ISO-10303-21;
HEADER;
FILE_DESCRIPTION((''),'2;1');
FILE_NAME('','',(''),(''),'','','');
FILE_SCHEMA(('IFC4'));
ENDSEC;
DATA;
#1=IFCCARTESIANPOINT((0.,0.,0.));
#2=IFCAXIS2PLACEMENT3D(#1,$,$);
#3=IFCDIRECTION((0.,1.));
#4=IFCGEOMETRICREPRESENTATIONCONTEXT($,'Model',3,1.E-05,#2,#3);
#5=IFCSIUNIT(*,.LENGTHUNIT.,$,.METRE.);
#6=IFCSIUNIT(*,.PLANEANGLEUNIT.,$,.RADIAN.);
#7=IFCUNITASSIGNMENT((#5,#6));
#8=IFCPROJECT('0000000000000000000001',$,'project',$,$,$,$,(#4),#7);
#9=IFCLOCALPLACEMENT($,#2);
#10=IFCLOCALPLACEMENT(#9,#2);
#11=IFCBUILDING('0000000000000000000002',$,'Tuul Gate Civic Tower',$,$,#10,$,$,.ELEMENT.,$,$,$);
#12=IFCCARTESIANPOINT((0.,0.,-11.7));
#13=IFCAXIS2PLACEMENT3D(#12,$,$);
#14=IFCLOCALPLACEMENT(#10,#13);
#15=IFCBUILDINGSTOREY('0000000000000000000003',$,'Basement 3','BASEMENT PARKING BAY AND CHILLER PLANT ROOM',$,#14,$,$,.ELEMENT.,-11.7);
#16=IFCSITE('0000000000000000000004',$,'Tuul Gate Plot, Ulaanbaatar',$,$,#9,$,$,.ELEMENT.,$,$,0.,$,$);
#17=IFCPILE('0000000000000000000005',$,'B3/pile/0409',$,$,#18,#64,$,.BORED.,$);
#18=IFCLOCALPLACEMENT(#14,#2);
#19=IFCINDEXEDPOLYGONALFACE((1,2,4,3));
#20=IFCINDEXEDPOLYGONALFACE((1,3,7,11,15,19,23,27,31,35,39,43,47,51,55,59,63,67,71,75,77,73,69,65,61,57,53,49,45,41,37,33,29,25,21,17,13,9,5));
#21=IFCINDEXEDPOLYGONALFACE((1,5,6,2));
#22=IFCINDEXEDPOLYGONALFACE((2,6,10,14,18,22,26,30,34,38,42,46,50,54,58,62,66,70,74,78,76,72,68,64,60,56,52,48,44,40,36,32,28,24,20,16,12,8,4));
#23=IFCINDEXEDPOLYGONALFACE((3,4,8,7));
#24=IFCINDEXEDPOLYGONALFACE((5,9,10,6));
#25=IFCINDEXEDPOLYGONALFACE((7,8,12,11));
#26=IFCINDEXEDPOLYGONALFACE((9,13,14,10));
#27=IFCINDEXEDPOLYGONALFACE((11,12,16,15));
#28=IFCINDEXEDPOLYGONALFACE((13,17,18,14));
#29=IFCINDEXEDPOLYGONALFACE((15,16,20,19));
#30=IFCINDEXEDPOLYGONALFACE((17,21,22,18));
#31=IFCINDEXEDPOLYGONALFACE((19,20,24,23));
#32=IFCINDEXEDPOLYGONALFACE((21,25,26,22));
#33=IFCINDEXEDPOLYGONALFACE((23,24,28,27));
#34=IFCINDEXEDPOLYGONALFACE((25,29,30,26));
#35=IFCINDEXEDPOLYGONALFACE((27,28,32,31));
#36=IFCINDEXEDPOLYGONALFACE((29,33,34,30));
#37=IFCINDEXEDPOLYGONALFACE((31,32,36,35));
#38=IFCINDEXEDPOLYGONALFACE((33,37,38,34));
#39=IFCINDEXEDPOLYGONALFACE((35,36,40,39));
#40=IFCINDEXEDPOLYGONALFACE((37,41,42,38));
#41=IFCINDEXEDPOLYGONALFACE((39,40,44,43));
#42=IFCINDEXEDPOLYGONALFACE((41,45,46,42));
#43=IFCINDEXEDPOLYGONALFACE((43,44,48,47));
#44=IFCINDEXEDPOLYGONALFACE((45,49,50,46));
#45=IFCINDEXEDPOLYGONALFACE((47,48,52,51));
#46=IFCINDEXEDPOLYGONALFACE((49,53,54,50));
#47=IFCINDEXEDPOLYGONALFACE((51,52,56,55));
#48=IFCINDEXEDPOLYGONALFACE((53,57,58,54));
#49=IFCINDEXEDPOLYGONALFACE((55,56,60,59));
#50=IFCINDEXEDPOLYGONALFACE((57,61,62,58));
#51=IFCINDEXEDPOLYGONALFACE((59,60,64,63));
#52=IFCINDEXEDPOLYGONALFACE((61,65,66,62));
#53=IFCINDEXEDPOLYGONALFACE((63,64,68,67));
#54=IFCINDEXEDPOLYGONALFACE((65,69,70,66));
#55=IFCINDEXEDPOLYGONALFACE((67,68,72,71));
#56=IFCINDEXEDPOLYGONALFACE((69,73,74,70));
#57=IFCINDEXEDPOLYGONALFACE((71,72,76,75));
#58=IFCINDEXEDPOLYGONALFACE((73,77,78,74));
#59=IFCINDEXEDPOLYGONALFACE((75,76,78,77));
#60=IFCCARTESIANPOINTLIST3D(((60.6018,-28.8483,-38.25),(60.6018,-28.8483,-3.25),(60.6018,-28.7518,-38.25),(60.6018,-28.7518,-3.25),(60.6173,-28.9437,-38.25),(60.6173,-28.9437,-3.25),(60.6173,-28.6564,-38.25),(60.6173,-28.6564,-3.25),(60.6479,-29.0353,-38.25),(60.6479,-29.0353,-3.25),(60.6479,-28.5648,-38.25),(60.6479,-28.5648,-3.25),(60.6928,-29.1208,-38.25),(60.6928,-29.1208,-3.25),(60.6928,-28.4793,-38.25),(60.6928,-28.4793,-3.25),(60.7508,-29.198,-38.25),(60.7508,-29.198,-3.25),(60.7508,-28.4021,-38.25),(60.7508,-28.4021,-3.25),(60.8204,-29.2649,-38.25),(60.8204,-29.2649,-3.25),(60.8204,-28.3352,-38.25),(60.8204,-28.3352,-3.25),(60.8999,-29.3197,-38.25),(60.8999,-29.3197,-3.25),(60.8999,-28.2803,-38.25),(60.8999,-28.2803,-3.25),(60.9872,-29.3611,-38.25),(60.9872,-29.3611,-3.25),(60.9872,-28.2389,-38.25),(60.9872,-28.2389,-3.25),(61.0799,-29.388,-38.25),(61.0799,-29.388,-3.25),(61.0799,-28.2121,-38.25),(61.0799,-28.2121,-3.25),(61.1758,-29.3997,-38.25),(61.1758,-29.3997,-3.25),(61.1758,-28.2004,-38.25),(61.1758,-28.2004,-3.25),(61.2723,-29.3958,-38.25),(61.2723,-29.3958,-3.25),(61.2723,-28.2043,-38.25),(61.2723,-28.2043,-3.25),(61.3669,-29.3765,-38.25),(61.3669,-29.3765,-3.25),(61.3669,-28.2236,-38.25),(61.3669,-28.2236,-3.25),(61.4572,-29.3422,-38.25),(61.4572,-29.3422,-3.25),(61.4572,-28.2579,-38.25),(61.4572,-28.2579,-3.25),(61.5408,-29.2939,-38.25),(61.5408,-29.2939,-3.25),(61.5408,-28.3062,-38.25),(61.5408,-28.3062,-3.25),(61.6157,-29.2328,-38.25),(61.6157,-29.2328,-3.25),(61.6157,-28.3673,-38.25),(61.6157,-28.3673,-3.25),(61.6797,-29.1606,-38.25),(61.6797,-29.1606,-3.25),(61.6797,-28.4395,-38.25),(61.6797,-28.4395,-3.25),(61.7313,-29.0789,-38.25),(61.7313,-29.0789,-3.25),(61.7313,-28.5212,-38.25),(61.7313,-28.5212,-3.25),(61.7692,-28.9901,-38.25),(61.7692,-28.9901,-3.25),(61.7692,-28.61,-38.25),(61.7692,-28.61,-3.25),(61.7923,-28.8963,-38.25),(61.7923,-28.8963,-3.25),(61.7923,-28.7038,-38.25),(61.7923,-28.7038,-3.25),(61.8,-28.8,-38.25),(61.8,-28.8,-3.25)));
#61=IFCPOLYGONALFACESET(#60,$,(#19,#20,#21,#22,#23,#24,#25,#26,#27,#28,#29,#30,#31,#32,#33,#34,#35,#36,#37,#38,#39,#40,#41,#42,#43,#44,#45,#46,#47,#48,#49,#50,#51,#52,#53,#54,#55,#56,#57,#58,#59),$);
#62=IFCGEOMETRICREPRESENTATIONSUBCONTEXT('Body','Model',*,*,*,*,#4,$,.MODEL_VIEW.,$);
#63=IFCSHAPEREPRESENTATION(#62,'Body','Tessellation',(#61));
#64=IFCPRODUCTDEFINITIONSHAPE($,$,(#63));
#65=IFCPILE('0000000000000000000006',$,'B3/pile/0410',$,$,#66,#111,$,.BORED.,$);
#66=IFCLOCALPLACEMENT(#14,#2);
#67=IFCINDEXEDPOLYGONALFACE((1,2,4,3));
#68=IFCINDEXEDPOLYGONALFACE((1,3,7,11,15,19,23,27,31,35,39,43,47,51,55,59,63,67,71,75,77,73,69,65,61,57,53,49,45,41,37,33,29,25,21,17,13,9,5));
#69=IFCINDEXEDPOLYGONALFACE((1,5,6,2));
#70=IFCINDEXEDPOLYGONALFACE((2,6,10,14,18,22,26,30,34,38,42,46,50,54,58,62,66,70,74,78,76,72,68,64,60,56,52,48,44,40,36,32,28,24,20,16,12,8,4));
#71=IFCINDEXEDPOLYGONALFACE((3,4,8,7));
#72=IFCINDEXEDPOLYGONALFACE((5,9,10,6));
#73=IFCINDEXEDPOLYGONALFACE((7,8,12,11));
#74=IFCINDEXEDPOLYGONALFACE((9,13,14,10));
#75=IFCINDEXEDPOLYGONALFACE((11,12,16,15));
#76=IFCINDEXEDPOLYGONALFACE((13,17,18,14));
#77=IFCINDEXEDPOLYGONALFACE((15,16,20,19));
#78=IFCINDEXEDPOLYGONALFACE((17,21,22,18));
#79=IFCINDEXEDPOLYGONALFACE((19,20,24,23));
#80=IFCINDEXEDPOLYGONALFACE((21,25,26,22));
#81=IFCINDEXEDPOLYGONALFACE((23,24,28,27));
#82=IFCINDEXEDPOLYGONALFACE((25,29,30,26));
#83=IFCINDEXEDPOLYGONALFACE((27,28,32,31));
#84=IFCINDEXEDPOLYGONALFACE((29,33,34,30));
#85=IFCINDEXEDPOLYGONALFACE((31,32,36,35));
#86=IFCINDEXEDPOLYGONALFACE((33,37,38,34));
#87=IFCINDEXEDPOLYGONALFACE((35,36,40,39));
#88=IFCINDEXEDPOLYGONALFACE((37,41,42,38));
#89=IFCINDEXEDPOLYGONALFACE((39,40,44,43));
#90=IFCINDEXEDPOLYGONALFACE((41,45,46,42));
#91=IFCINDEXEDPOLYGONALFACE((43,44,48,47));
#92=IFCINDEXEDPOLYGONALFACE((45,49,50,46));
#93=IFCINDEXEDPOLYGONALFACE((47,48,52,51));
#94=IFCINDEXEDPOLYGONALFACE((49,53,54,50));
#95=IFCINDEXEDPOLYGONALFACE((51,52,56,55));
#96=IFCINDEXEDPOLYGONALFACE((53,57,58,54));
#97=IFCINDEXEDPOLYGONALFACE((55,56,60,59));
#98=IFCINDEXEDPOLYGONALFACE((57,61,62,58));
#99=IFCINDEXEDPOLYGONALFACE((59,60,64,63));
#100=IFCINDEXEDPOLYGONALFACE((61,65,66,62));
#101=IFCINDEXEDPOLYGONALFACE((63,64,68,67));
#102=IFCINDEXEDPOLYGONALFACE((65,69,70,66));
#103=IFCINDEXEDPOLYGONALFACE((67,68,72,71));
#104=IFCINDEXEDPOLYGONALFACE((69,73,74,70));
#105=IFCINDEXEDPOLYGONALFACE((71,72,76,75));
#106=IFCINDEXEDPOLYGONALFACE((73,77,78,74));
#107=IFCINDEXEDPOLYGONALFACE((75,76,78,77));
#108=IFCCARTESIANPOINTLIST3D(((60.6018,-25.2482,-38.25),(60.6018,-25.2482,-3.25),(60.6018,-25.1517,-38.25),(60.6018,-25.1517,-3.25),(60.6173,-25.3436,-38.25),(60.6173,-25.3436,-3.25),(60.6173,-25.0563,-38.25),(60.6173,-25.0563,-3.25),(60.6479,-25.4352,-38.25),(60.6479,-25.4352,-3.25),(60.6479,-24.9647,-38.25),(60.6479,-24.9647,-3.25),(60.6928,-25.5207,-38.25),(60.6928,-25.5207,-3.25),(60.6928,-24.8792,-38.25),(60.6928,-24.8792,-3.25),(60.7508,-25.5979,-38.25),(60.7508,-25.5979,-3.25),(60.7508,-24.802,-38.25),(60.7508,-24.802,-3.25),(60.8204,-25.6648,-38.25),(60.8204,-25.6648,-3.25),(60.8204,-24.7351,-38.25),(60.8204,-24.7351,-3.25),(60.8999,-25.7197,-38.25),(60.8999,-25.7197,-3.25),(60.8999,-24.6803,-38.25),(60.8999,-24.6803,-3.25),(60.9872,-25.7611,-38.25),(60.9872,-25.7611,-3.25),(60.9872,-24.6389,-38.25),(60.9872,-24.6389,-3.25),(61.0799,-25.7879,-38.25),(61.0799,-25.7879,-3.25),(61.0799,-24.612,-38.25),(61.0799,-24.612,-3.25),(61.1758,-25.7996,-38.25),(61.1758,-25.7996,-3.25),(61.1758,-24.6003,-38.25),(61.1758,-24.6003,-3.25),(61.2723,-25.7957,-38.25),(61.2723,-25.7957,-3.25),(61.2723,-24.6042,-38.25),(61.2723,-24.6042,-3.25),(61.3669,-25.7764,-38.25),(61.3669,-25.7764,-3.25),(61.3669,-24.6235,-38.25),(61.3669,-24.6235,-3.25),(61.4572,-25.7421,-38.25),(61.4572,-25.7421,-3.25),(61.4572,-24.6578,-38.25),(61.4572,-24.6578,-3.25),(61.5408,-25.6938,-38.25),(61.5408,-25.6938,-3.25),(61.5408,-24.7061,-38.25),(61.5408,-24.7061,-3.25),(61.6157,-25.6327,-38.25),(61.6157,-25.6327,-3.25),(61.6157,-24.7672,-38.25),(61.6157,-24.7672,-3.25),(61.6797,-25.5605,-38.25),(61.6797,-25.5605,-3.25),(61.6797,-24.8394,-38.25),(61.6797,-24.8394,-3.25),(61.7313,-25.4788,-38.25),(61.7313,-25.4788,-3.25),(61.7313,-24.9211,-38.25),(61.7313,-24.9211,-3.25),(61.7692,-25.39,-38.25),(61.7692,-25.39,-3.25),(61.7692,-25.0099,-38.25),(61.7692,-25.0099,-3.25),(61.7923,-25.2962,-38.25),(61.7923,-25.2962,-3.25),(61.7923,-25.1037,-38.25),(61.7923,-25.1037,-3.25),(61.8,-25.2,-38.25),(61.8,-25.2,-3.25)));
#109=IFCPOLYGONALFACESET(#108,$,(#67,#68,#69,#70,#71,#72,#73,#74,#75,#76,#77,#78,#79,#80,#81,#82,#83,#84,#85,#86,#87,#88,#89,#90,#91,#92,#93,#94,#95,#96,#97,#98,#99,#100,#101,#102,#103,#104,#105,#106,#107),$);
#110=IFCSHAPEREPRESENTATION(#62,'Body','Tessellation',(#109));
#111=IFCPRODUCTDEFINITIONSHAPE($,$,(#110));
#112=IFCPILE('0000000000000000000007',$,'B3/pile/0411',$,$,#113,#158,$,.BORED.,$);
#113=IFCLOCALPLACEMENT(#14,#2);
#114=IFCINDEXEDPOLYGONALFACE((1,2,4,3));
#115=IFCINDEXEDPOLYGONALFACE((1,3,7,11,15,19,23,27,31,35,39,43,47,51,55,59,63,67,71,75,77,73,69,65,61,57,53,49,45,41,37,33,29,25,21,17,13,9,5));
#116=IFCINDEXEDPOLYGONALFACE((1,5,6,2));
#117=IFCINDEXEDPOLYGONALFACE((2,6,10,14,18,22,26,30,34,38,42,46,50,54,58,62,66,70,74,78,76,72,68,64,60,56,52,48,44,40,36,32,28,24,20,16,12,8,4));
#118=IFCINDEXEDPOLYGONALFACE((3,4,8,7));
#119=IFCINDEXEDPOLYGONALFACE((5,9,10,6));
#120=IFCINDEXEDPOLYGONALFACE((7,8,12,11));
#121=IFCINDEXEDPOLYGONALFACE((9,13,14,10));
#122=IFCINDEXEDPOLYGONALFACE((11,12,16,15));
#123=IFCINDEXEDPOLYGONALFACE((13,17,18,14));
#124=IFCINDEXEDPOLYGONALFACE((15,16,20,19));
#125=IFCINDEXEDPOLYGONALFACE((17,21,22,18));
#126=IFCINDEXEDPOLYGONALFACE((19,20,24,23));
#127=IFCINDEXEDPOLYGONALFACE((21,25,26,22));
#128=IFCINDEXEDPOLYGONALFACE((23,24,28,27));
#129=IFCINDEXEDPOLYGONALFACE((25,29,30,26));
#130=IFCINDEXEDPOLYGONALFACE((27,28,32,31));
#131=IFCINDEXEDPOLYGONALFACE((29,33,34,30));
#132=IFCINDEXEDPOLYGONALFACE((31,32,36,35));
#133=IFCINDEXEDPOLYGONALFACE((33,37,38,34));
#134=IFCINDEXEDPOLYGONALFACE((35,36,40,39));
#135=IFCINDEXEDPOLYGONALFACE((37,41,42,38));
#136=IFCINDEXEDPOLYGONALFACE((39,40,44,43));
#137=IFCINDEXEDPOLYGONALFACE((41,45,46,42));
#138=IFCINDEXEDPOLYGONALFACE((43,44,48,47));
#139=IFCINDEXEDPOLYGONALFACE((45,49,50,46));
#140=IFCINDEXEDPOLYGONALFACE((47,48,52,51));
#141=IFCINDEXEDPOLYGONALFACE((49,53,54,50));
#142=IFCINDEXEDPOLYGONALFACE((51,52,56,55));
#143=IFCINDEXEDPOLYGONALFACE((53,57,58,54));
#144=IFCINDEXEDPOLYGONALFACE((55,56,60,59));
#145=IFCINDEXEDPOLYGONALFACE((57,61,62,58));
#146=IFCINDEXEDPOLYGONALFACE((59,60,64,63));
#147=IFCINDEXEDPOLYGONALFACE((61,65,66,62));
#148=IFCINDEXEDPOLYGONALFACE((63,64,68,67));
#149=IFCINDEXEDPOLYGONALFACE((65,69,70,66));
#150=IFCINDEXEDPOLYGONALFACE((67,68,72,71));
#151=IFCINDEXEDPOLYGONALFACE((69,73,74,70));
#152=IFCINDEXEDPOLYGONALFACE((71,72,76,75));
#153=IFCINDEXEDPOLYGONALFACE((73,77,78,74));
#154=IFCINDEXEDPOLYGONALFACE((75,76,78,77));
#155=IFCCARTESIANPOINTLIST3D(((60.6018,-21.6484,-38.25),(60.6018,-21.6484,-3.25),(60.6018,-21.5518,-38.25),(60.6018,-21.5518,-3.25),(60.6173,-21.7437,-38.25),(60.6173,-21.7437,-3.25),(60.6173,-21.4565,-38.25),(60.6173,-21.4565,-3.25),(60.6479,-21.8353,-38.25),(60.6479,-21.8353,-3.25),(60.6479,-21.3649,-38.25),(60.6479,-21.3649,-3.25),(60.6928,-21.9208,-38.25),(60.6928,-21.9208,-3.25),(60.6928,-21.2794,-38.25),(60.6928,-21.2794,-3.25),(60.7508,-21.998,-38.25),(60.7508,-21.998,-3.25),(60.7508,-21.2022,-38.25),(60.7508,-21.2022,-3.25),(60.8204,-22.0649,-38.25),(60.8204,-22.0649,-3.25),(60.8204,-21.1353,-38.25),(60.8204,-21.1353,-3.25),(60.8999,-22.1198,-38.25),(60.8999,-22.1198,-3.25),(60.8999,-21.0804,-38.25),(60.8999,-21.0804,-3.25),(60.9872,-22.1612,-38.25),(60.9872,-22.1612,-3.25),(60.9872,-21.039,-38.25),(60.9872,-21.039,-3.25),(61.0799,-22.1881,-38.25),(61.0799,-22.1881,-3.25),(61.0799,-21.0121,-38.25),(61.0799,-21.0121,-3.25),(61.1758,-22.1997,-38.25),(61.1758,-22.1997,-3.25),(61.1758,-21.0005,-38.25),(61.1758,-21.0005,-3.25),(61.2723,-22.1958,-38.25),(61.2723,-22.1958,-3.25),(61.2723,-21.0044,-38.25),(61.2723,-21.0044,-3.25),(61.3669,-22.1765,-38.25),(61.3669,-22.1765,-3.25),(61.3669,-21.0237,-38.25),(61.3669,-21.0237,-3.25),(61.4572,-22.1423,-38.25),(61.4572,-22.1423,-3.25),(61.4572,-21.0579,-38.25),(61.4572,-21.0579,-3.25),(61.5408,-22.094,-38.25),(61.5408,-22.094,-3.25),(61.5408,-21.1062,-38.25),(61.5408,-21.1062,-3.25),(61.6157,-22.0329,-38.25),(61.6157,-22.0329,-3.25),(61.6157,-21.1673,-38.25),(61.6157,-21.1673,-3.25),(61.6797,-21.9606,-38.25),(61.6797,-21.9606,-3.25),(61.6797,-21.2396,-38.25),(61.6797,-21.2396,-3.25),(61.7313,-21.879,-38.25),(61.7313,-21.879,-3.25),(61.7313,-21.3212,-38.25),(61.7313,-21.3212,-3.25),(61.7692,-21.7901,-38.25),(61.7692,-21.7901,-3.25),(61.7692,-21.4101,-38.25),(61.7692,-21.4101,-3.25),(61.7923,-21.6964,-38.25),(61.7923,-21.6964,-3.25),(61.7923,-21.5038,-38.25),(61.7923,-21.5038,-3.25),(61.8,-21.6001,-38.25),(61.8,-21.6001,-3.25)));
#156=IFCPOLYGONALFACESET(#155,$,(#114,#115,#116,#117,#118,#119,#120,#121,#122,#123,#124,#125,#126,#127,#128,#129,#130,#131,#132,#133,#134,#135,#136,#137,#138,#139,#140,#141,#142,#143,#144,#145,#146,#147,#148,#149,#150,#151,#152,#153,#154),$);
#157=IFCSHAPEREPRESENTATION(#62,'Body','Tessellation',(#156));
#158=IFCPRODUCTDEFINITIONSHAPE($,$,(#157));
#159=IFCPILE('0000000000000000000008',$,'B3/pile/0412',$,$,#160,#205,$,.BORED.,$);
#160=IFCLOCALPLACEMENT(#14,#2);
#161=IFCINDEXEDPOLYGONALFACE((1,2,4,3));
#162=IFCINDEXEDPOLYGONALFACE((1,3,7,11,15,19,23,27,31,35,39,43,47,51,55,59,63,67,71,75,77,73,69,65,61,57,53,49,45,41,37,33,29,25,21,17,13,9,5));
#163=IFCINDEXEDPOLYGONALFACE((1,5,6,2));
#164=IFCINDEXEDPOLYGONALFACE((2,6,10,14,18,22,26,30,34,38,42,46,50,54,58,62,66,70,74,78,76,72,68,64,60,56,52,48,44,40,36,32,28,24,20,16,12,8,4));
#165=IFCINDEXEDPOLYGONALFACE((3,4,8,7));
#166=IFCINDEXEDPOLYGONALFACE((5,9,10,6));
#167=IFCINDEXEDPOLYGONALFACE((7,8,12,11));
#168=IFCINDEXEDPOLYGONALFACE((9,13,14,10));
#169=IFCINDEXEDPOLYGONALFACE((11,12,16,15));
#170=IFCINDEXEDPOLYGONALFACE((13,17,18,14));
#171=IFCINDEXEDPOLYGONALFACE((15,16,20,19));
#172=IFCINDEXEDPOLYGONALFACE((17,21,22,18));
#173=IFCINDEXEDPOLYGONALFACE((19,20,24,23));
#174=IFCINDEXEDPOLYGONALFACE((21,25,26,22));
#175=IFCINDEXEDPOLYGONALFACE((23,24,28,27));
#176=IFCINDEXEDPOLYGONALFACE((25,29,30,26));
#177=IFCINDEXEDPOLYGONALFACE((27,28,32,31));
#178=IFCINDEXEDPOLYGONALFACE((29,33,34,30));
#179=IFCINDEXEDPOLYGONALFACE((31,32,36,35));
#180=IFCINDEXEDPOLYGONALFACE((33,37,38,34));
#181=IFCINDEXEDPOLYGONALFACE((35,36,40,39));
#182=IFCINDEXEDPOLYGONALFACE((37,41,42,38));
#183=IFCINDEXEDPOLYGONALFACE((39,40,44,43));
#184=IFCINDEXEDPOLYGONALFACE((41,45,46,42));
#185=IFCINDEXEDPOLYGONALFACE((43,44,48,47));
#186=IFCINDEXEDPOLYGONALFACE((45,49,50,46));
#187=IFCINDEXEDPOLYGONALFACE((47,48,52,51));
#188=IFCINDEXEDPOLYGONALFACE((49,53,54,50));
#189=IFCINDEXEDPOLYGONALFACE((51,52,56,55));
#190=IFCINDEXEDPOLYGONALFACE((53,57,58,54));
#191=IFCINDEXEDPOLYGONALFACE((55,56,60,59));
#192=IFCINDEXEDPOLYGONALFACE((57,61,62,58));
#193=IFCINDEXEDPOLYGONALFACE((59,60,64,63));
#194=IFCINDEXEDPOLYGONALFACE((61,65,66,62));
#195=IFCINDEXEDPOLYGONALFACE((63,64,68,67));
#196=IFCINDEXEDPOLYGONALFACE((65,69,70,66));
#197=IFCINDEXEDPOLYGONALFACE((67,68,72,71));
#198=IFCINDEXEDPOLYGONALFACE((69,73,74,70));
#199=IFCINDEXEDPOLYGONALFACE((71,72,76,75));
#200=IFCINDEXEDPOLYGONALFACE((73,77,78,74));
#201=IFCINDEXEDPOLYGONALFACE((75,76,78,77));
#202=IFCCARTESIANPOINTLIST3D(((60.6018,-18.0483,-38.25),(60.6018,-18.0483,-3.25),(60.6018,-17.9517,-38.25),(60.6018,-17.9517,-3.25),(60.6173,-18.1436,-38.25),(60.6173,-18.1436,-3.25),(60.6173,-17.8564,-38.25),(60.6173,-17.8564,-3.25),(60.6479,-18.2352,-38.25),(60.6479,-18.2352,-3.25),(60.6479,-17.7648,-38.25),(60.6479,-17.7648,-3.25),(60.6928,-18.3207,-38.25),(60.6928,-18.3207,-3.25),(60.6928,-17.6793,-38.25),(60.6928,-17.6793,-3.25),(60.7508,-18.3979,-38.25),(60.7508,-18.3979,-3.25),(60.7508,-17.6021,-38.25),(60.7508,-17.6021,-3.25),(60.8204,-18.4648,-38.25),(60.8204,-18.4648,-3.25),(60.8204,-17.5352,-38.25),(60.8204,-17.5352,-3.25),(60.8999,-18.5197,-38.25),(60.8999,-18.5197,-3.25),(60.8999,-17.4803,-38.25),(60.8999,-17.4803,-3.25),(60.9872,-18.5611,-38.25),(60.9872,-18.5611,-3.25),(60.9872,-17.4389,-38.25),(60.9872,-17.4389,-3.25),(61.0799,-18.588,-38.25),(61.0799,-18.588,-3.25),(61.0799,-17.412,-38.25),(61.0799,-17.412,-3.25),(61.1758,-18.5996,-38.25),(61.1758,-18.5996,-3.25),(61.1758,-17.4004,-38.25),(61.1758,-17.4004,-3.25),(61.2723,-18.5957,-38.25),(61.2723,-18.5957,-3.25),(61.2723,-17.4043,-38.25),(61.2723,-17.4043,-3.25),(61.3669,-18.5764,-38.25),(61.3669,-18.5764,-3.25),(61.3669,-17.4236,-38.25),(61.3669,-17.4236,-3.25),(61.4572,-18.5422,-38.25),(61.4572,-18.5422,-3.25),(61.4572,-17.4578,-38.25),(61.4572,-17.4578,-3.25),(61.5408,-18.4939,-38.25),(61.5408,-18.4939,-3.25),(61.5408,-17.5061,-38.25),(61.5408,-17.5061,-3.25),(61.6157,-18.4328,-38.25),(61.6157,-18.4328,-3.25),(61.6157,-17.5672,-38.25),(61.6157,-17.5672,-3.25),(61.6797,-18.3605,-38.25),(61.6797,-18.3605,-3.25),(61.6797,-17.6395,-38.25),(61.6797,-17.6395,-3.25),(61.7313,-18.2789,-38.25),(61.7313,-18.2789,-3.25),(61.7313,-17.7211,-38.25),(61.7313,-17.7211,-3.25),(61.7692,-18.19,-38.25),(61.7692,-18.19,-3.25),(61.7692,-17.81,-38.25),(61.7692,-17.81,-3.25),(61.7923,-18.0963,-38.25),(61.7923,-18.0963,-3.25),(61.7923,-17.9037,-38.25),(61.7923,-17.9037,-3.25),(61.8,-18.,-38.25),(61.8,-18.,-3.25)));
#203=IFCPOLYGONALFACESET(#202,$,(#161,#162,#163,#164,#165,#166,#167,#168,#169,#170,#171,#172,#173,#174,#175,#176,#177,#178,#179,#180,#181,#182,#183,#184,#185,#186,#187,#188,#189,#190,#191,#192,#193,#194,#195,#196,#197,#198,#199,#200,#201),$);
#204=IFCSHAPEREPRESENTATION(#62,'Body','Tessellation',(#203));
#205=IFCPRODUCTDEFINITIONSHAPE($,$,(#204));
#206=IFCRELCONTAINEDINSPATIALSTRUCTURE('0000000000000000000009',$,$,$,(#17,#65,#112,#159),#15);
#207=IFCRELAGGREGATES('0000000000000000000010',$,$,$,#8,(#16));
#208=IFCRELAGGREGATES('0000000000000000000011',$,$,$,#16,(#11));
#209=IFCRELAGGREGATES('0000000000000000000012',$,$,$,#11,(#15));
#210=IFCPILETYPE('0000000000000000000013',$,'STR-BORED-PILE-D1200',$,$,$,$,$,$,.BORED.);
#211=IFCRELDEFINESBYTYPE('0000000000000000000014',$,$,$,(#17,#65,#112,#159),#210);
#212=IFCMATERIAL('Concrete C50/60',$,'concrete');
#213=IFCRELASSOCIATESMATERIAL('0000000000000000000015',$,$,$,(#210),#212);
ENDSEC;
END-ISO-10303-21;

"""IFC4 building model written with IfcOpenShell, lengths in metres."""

from ifc_helpers import new_model, si_unit, direction, frame, origin, origin_2d, place, context, subcontext, project, spatial, circle, extrude, material, material_profile, profile_set, type_object, element, save


model = new_model("IFC4")

# Units and contexts
model_context = context("Model", 3, precision=1e-05, world=origin(), true_north=direction((0.0, 1.0)))
body_context = subcontext(model_context, "Body", "Model", "MODEL_VIEW")
ifc_project = project(units=[si_unit("LENGTHUNIT", "METRE"), si_unit("PLANEANGLEUNIT", "RADIAN")], contexts=[model_context])

# Site, building, storey
site_placement = place(None, origin())
site = spatial("IfcSite", under=ifc_project, at=site_placement, Name="Tuul Gate Plot, Ulaanbaatar", CompositionType="ELEMENT", RefElevation=0.0)
building_placement = place(site_placement, origin())
building = spatial("IfcBuilding", under=site, at=building_placement, Name="Tuul Gate Civic Tower", CompositionType="ELEMENT")
storey_placement = place(building_placement, frame((0.0, 0.0, -11.7)))
storey = spatial("IfcBuildingStorey", under=building, at=storey_placement, Name="Basement 3", Description="BASEMENT PARKING BAY AND CHILLER PLANT ROOM", CompositionType="ELEMENT", Elevation=-11.7)

# Piles
ifc_material_1 = material(Name="Concrete C50/60", Category="concrete")
ifc_material_profile_1 = material_profile(ifc_material_1, circle(Radius=0.6001, at=origin_2d()), Name="PILE1200")
ifc_profile_set_1 = profile_set([ifc_material_profile_1], Name="Concrete C50/60")
pile_type = type_object("IfcPileType", Name="STR-BORED-PILE-D1200", PredefinedType="BORED", material=ifc_profile_set_1)
for number, where, z_axis, x_axis, name in (
    (1, (61.2, -28.8, -3.25), (0.0, 0.0, -1.0), (1.0, 0.0, 0.0), "B3/pile/0409"),
    (2, (61.2, -25.2, -3.25), (0.0, 0.0, -1.0), (1.0, 0.0, 0.0), "B3/pile/0410"),
    (3, (61.2, -21.6001, -3.25), (0.0, 0.0, -1.0), (1.0, 0.0, 0.0), "B3/pile/0411"),
    (4, (61.2, -18.0, -3.25), (0.0, 0.0, -1.0), (1.0, 0.0, 0.0), "B3/pile/0412"),
):
    element("IfcPile", number, at=place(storey_placement, frame(where, z_axis=z_axis, x_axis=x_axis)), inside=storey, type_object=pile_type, Name=name, PredefinedType="BORED", context=body_context, shape_type="SweptSolid", body=[
        extrude(circle(Radius=0.6001, at=origin_2d()), origin(), (0.0, 0.0, 1.0), 35.0),
    ])

save(model, "model.ifc")
